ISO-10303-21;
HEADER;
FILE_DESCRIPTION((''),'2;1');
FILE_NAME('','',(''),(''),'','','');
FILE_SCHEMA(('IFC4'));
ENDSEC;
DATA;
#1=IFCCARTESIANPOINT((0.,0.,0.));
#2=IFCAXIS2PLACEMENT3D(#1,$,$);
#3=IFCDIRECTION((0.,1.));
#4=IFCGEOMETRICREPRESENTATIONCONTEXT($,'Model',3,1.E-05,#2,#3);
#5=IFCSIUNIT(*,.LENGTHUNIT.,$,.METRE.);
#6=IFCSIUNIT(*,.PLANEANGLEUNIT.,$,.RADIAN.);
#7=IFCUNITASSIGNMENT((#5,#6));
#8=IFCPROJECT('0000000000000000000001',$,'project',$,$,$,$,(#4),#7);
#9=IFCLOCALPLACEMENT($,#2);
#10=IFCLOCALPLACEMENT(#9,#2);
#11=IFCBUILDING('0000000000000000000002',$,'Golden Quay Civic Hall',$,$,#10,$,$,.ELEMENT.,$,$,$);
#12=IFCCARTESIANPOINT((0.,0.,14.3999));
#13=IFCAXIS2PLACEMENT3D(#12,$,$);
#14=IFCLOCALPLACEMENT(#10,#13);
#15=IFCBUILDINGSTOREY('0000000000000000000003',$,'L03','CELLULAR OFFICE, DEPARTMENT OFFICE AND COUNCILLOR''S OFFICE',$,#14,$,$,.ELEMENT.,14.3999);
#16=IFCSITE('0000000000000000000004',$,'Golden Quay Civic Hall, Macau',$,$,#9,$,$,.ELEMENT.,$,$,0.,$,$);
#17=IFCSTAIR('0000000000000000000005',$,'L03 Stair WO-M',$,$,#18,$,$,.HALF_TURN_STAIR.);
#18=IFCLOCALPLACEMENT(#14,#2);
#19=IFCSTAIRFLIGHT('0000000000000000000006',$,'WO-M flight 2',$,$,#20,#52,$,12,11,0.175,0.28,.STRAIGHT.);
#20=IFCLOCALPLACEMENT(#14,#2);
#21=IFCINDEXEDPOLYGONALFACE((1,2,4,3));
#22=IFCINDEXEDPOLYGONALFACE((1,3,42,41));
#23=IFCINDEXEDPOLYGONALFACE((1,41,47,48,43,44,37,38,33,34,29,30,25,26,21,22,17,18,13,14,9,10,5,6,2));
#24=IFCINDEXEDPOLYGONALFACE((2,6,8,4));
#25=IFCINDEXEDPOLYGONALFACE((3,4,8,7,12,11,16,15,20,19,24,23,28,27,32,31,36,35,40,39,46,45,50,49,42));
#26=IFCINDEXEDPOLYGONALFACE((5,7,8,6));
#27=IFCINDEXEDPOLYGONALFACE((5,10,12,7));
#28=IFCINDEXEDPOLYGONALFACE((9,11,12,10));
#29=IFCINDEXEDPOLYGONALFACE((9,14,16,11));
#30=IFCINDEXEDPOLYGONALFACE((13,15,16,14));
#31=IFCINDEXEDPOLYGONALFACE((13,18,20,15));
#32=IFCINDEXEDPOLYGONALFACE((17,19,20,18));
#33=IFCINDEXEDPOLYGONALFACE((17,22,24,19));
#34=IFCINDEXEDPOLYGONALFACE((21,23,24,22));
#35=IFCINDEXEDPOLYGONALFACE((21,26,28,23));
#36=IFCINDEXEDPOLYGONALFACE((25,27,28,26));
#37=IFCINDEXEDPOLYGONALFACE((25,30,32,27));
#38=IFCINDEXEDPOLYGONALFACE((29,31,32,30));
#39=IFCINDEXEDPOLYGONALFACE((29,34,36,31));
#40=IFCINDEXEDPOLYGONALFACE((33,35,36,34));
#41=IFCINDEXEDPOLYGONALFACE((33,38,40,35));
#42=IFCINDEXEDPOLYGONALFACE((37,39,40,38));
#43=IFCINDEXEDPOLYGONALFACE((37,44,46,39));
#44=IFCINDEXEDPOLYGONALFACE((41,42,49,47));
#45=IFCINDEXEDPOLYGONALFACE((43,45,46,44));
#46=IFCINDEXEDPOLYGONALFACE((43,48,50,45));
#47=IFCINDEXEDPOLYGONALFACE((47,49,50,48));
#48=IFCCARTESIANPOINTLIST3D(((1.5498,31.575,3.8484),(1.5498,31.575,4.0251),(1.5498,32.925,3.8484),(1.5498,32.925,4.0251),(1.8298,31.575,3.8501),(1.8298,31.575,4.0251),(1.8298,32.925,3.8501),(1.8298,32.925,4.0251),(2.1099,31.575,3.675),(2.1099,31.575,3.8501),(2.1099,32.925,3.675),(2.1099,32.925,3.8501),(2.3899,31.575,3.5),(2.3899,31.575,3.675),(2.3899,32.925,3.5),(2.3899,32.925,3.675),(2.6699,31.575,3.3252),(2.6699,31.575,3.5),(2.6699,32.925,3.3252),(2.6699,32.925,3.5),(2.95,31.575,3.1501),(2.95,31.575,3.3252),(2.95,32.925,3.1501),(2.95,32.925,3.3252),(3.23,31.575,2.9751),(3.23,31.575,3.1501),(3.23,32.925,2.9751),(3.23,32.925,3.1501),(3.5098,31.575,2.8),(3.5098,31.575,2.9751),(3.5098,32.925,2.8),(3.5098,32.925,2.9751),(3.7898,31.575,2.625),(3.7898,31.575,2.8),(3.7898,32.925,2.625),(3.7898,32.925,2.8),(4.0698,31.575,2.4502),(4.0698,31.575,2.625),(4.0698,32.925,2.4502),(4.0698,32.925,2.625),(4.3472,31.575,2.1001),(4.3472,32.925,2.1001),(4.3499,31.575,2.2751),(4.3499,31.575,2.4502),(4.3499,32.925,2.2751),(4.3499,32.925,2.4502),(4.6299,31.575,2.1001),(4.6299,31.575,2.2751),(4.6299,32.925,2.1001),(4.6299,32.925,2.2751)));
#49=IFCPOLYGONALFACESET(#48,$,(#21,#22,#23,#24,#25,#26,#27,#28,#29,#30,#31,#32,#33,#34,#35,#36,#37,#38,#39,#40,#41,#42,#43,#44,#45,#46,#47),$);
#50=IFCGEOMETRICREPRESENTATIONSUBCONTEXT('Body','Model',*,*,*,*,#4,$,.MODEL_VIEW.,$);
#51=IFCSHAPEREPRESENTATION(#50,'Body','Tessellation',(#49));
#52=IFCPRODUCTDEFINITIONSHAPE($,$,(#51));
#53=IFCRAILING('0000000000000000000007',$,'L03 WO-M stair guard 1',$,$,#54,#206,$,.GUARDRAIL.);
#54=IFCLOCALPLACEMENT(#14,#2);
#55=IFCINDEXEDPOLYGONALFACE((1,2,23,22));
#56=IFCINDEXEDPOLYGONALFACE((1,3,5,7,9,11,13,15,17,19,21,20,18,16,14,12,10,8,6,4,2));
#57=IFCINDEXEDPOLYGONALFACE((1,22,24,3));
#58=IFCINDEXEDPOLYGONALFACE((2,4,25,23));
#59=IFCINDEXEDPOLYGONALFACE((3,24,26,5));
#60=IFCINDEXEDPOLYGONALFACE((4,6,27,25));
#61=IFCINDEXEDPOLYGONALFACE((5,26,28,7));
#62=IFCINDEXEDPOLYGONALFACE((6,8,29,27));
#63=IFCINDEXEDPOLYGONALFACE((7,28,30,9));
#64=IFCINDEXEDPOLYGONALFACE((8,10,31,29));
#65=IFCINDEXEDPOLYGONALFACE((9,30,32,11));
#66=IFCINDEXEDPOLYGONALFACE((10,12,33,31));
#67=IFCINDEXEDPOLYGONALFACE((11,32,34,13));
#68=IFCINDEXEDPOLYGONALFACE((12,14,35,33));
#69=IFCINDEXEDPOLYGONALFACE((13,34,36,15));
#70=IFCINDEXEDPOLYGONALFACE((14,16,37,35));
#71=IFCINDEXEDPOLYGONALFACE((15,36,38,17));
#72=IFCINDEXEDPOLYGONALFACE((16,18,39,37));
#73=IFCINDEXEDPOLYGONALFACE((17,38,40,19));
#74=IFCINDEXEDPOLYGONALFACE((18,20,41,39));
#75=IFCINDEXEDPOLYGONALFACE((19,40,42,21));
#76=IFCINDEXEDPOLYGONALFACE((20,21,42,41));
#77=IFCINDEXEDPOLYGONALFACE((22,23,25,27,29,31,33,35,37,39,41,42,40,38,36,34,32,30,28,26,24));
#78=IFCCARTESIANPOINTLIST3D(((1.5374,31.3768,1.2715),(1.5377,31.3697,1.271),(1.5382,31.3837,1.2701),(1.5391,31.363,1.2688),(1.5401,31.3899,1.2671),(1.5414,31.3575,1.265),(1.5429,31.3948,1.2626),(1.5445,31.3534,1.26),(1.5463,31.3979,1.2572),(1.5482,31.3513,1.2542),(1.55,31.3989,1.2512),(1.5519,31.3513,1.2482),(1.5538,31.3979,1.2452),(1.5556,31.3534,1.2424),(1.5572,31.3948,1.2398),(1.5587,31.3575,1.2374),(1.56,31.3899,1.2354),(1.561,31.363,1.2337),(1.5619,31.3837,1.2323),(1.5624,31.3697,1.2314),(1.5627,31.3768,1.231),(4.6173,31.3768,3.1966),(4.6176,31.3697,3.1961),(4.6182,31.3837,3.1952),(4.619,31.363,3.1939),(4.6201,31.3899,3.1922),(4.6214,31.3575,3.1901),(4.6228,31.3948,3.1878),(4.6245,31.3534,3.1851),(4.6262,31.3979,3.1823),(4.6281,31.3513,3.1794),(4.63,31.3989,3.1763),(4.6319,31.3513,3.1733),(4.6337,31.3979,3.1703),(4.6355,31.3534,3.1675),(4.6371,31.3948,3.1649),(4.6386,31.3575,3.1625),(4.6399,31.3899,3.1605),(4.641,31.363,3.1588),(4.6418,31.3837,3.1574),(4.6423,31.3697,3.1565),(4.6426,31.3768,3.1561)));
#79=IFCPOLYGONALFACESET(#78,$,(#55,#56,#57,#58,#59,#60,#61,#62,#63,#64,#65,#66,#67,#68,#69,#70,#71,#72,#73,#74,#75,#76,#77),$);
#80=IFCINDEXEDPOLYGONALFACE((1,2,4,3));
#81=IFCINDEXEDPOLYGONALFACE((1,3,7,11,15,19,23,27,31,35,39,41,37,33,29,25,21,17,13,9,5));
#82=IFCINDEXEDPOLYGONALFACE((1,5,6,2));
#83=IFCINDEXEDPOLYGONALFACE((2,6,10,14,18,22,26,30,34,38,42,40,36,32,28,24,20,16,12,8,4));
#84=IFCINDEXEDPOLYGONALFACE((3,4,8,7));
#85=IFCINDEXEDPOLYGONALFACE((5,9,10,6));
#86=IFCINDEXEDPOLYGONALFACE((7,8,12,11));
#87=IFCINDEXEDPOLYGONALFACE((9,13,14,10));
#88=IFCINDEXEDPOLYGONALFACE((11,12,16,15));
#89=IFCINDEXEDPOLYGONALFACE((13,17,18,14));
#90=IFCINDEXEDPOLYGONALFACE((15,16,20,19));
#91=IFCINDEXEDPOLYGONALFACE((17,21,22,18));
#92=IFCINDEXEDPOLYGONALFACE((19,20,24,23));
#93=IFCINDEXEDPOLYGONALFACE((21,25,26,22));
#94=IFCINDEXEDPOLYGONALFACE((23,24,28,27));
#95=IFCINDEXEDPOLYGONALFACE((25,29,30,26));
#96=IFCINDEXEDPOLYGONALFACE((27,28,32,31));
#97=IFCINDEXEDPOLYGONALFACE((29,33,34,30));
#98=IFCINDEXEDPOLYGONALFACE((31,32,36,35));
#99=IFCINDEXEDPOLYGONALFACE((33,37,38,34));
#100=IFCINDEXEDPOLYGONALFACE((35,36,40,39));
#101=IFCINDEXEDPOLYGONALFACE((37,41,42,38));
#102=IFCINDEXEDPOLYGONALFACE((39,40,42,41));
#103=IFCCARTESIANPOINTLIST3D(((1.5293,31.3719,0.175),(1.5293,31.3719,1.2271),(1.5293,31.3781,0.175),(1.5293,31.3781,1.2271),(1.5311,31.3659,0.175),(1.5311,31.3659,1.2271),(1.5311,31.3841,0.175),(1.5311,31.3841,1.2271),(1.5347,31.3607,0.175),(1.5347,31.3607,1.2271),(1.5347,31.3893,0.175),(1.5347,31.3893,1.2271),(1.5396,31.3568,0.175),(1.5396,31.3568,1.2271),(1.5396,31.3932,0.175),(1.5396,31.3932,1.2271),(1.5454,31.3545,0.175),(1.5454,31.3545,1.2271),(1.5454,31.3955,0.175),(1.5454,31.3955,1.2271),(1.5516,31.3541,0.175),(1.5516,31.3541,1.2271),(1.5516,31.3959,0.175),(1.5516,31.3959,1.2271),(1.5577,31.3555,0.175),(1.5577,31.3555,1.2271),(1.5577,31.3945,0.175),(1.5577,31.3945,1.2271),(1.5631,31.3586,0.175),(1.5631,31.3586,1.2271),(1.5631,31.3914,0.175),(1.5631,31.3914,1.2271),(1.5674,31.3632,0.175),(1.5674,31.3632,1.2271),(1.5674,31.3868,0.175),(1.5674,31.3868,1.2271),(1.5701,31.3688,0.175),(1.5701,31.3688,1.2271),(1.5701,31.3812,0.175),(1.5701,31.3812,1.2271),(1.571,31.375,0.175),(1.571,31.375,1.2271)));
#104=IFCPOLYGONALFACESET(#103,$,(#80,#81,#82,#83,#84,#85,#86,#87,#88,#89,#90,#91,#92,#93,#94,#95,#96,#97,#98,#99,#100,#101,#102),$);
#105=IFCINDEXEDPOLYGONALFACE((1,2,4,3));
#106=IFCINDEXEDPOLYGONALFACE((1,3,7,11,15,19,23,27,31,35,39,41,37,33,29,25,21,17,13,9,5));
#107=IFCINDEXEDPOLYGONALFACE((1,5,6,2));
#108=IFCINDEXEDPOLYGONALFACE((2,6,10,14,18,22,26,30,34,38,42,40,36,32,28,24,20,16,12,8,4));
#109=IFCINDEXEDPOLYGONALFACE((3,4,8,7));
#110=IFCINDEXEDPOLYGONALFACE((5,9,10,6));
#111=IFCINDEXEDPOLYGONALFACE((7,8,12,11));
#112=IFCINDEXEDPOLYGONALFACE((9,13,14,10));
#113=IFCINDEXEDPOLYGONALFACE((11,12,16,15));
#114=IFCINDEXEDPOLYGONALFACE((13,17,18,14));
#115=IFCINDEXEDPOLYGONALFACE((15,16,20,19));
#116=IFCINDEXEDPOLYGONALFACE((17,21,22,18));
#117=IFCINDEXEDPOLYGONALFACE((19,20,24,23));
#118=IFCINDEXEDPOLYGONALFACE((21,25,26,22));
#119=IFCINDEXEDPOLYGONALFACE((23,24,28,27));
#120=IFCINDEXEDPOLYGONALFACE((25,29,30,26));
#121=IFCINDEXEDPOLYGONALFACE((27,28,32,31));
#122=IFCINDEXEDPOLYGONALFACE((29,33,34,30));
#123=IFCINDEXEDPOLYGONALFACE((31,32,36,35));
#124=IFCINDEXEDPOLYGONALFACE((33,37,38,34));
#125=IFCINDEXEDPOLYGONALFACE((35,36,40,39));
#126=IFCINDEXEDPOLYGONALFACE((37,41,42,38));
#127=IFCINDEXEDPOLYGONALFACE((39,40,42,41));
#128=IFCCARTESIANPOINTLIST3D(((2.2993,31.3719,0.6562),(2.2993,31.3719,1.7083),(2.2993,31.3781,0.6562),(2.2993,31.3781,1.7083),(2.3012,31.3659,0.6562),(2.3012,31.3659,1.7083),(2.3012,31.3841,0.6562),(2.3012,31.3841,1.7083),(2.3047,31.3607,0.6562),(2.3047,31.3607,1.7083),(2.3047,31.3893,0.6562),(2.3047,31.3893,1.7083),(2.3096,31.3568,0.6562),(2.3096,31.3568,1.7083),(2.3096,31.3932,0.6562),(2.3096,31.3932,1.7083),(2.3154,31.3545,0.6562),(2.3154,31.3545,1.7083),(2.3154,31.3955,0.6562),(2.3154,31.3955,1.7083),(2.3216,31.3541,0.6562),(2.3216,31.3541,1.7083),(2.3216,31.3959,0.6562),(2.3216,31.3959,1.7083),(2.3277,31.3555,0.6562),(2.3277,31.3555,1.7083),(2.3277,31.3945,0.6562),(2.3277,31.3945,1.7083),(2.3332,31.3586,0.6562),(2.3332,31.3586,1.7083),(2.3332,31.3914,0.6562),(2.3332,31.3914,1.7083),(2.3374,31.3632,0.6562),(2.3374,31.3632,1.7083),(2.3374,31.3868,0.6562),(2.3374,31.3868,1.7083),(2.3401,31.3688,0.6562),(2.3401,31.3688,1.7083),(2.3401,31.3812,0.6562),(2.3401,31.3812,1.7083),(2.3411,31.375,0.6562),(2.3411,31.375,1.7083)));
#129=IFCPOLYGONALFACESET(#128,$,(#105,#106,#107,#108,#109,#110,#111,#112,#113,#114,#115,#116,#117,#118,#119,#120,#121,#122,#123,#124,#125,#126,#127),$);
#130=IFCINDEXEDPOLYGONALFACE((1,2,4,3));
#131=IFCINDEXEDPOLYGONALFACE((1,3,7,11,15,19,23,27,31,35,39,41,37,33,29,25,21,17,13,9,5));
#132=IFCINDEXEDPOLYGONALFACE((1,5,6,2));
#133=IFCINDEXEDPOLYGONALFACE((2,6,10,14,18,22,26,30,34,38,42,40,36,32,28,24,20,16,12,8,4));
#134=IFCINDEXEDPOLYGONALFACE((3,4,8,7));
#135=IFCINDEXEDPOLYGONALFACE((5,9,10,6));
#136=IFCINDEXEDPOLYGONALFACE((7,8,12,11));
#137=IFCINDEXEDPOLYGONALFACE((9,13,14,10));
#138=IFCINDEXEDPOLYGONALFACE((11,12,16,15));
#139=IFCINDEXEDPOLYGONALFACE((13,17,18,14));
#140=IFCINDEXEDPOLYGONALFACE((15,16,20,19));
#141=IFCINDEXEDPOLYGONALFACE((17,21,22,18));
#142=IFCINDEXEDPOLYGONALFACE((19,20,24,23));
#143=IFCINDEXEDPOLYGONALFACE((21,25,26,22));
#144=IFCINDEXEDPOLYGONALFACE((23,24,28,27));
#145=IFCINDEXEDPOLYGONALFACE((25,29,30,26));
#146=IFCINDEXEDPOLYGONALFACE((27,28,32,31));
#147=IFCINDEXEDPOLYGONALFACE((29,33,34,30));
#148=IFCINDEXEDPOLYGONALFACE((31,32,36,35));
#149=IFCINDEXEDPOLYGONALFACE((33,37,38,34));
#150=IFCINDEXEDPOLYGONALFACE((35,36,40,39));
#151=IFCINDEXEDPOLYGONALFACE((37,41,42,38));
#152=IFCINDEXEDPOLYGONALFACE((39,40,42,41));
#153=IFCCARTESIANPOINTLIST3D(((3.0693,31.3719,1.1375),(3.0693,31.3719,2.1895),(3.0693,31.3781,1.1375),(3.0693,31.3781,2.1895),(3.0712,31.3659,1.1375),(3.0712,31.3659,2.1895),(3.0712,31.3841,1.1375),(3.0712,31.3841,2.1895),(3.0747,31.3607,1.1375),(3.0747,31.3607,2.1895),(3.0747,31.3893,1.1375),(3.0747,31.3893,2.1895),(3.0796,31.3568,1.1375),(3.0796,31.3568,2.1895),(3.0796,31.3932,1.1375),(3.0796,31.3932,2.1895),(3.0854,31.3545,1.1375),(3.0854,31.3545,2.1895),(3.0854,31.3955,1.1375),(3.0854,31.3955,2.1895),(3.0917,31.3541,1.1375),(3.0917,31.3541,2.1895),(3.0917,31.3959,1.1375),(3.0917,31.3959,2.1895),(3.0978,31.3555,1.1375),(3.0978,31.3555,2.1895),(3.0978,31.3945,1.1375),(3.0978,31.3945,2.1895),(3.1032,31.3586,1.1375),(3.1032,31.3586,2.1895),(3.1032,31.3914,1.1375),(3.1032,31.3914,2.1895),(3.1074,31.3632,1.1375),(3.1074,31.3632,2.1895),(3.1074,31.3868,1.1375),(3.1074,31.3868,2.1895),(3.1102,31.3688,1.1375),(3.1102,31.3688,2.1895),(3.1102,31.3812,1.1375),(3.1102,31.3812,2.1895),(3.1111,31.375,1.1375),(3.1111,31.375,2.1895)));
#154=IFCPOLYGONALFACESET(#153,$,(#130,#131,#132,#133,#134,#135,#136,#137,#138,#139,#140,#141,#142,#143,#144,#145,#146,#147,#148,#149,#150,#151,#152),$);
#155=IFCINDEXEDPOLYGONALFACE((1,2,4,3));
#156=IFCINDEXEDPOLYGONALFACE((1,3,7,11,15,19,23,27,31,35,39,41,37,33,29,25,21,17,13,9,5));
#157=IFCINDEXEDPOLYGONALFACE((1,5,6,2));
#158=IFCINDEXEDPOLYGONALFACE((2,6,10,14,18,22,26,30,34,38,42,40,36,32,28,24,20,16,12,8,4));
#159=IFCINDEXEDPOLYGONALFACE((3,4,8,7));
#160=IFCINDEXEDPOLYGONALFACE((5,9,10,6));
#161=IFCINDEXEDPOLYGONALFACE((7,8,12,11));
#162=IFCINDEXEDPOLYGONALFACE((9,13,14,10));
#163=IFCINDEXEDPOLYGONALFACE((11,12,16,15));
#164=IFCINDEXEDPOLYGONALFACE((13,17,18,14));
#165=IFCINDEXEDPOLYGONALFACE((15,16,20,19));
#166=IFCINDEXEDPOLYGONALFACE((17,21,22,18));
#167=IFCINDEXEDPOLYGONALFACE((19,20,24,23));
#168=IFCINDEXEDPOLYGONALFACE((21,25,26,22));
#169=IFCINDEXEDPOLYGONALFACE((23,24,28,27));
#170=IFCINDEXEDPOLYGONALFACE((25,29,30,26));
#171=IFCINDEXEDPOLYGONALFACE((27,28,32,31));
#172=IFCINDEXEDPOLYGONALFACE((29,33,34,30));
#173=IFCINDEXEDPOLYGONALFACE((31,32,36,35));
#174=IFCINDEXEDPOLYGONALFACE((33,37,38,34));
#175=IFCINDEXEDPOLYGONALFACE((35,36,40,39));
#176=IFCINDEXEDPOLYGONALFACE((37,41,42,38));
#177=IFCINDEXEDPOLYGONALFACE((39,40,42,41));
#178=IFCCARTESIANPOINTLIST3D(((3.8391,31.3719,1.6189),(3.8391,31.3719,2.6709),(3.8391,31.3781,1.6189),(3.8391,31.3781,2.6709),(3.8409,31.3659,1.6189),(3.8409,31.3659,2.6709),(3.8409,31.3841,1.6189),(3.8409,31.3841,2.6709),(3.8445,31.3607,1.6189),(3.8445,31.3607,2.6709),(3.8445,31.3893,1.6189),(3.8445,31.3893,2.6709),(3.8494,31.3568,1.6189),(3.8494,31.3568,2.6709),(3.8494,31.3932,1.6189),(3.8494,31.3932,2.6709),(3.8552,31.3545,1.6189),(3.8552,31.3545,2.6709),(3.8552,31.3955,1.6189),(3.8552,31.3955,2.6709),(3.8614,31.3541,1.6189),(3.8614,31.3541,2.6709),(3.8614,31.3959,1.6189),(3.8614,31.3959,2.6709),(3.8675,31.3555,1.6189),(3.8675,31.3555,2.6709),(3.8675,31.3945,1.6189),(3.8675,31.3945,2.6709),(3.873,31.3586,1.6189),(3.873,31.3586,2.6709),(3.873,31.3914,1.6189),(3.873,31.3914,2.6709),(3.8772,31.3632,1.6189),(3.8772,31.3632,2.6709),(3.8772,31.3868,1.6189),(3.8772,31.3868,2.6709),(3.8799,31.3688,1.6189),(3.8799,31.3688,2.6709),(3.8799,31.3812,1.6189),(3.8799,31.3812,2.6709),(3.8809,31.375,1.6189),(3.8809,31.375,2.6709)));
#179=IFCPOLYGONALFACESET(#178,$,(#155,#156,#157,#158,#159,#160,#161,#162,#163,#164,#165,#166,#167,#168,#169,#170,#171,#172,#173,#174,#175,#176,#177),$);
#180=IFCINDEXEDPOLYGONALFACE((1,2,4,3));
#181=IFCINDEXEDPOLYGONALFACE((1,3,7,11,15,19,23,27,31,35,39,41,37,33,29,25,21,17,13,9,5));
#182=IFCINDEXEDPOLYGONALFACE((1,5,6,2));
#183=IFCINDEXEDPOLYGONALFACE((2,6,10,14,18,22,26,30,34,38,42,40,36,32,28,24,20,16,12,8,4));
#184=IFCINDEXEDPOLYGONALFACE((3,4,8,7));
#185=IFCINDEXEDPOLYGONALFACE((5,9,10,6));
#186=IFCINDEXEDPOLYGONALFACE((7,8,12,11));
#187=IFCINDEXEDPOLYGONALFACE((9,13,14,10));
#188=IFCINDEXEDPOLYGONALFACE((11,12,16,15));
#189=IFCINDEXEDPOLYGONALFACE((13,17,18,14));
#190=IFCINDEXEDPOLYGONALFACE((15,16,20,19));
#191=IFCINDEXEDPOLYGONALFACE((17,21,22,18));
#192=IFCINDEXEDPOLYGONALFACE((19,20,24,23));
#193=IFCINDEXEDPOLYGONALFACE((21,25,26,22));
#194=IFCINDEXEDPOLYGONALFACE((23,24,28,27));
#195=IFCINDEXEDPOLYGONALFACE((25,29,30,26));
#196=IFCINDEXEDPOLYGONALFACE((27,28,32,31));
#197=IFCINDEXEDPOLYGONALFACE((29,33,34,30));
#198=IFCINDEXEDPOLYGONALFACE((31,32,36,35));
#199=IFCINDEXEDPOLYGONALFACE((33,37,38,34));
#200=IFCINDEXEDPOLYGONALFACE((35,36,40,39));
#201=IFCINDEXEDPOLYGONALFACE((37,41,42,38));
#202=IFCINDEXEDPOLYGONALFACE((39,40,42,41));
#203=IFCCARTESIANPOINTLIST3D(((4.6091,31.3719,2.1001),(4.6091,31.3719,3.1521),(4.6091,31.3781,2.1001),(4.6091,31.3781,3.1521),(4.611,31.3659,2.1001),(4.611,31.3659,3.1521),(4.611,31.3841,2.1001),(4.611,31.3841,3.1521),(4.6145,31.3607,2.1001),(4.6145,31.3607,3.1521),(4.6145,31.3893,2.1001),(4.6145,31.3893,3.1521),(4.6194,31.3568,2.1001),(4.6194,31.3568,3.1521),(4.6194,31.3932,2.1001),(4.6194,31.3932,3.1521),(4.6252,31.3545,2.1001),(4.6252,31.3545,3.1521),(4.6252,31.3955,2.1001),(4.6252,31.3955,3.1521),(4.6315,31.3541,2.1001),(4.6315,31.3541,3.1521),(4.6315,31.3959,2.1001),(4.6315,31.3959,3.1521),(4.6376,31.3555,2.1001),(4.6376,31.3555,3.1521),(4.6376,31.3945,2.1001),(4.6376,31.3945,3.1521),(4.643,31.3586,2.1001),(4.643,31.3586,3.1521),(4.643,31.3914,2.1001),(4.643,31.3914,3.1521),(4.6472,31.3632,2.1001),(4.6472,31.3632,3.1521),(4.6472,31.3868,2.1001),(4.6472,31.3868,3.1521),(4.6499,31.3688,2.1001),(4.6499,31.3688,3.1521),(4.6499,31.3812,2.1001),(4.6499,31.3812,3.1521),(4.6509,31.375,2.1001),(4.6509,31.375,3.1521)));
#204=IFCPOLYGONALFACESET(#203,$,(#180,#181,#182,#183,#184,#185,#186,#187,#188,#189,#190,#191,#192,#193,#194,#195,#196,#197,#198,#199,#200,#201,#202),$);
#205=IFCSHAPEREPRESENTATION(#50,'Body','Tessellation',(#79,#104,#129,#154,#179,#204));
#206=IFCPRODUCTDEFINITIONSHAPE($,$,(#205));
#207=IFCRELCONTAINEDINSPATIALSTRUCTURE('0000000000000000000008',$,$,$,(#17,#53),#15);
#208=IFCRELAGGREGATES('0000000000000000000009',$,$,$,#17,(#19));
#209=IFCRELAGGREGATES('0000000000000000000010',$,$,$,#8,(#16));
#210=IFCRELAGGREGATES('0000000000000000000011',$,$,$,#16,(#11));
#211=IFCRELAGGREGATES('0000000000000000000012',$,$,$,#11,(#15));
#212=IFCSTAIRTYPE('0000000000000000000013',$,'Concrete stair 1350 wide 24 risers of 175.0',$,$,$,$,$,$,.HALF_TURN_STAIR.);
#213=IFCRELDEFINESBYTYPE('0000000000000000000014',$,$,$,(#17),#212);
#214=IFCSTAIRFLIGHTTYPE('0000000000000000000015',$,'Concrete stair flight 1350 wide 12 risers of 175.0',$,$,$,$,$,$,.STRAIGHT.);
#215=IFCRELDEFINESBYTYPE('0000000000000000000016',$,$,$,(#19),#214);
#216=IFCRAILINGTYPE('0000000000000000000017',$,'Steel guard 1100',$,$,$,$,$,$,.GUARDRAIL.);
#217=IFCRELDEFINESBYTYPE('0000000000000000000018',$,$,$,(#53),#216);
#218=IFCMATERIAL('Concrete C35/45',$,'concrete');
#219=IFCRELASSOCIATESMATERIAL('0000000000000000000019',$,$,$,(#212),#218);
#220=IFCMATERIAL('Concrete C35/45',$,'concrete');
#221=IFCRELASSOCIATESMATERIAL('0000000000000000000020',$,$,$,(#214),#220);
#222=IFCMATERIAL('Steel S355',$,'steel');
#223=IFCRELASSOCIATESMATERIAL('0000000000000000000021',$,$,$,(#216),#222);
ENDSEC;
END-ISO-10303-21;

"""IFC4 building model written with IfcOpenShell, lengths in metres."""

from ifc_helpers import new_model, si_unit, direction, frame, origin, origin_2d, place, context, subcontext, project, spatial, polyline, circle, outline, extrude, material, type_object, element, aggregate, save


model = new_model("IFC4")

# Units and contexts
model_context = context("Model", 3, precision=1e-05, world=origin(), true_north=direction((0.0, 1.0)))
body_context = subcontext(model_context, "Body", "Model", "MODEL_VIEW")
ifc_project = project(units=[si_unit("LENGTHUNIT", "METRE"), si_unit("PLANEANGLEUNIT", "RADIAN")], contexts=[model_context])

# Site, building, storey
site_placement = place(None, origin())
site = spatial("IfcSite", under=ifc_project, at=site_placement, Name="Golden Quay Civic Hall, Macau", CompositionType="ELEMENT", RefElevation=0.0)
building_placement = place(site_placement, origin())
building = spatial("IfcBuilding", under=site, at=building_placement, Name="Golden Quay Civic Hall", CompositionType="ELEMENT")
storey_placement = place(building_placement, frame((0.0, 0.0, 14.3999)))
storey = spatial("IfcBuildingStorey", under=building, at=storey_placement, Name="L03", Description="CELLULAR OFFICE, DEPARTMENT OFFICE AND COUNCILLOR'S OFFICE", CompositionType="ELEMENT", Elevation=14.3999)

# Stair, stair flight
ifc_material_1 = material(Name="Concrete C35/45", Category="concrete")
stair_type = type_object("IfcStairType", Name="Concrete stair 1350 wide 24 risers of 175.0", PredefinedType="HALF_TURN_STAIR", material=ifc_material_1)
stair_placement = place(storey_placement, origin())
stair = element("IfcStair", 1, at=stair_placement, inside=storey, type_object=stair_type, Name="L03 Stair WO-M", PredefinedType="HALF_TURN_STAIR")
ifc_material_2 = material(Name="Concrete C35/45", Category="concrete")
stair_flight_type = type_object("IfcStairFlightType", Name="Concrete stair flight 1350 wide 12 risers of 175.0", PredefinedType="STRAIGHT", material=ifc_material_2)
stair_flight_1_placement = place(storey_placement, frame((4.6299, 32.25, 2.1001), z_axis=(0.0, 0.0, 1.0), x_axis=(-1.0, 0.0, 0.0)))
stair_flight_1 = element("IfcStairFlight", 2, at=stair_flight_1_placement, type_object=stair_flight_type, Name="WO-M flight 2", NumberOfRisers=12, NumberOfTreads=11, PredefinedType="STRAIGHT", RiserHeight=0.175, TreadLength=0.28, context=body_context, shape_type="SweptSolid", body=[
    extrude(outline(polyline([(0.0, 0.0), (0.0, 0.175), (0.28, 0.175), (0.28, 0.3501), (0.5601, 0.3501), (0.5601, 0.5249), (0.8401, 0.5249), (0.8401, 0.7), (1.1201, 0.7), (1.1201, 0.875), (1.3999, 0.875), (1.3999, 1.05), (1.6799, 1.05), (1.6799, 1.2251), (1.96, 1.2251), (1.96, 1.3999), (2.24, 1.3999), (2.24, 1.575), (2.52, 1.575), (2.52, 1.75), (2.8, 1.75), (2.8, 1.925), (3.0801, 1.925), (3.0801, 2.1001), (3.0801, 1.7483), (0.2827, 0.0), (0.0, 0.0)])), frame((0.0, 0.675, 0.0), z_axis=(0.0, -1.0, 0.0), x_axis=(1.0, 0.0, 0.0)), (0.0, 0.0, 1.0), 1.35),
])
aggregate(stair, [stair_flight_1])

# Railing
ifc_material_3 = material(Name="Steel S355", Category="steel")
railing_type_1 = type_object("IfcRailingType", Name="Steel guard 1100", PredefinedType="GUARDRAIL", material=ifc_material_3)
railing_1_placement = place(storey_placement, frame((1.55, 31.375, 0.175)))
element("IfcRailing", 3, at=railing_1_placement, inside=storey, type_object=railing_type_1, Name="L03 WO-M stair guard 1", PredefinedType="GUARDRAIL", context=body_context, shape_type="SweptSolid", body=[
    extrude(circle(Radius=0.0239, at=origin_2d()), frame((0.0, 0.0, 1.0762), z_axis=(0.847979, 0.0, 0.530029), x_axis=(0.0, 1.0, 0.0)), (0.0, 0.0, 1.0), 3.6321),
    extrude(circle(Radius=0.021, at=origin_2d()), origin(), (0.0, 0.0, 1.0), 1.052),
    extrude(circle(Radius=0.021, at=origin_2d()), frame((0.77, 0.0, 0.4812)), (0.0, 0.0, 1.0), 1.052),
    extrude(circle(Radius=0.021, at=origin_2d()), frame((1.54, 0.0, 0.9624)), (0.0, 0.0, 1.0), 1.052),
    extrude(circle(Radius=0.021, at=origin_2d()), frame((2.3098, 0.0, 1.4438)), (0.0, 0.0, 1.0), 1.052),
    extrude(circle(Radius=0.021, at=origin_2d()), frame((3.0798, 0.0, 1.925)), (0.0, 0.0, 1.0), 1.052),
])

save(model, "model.ifc")
